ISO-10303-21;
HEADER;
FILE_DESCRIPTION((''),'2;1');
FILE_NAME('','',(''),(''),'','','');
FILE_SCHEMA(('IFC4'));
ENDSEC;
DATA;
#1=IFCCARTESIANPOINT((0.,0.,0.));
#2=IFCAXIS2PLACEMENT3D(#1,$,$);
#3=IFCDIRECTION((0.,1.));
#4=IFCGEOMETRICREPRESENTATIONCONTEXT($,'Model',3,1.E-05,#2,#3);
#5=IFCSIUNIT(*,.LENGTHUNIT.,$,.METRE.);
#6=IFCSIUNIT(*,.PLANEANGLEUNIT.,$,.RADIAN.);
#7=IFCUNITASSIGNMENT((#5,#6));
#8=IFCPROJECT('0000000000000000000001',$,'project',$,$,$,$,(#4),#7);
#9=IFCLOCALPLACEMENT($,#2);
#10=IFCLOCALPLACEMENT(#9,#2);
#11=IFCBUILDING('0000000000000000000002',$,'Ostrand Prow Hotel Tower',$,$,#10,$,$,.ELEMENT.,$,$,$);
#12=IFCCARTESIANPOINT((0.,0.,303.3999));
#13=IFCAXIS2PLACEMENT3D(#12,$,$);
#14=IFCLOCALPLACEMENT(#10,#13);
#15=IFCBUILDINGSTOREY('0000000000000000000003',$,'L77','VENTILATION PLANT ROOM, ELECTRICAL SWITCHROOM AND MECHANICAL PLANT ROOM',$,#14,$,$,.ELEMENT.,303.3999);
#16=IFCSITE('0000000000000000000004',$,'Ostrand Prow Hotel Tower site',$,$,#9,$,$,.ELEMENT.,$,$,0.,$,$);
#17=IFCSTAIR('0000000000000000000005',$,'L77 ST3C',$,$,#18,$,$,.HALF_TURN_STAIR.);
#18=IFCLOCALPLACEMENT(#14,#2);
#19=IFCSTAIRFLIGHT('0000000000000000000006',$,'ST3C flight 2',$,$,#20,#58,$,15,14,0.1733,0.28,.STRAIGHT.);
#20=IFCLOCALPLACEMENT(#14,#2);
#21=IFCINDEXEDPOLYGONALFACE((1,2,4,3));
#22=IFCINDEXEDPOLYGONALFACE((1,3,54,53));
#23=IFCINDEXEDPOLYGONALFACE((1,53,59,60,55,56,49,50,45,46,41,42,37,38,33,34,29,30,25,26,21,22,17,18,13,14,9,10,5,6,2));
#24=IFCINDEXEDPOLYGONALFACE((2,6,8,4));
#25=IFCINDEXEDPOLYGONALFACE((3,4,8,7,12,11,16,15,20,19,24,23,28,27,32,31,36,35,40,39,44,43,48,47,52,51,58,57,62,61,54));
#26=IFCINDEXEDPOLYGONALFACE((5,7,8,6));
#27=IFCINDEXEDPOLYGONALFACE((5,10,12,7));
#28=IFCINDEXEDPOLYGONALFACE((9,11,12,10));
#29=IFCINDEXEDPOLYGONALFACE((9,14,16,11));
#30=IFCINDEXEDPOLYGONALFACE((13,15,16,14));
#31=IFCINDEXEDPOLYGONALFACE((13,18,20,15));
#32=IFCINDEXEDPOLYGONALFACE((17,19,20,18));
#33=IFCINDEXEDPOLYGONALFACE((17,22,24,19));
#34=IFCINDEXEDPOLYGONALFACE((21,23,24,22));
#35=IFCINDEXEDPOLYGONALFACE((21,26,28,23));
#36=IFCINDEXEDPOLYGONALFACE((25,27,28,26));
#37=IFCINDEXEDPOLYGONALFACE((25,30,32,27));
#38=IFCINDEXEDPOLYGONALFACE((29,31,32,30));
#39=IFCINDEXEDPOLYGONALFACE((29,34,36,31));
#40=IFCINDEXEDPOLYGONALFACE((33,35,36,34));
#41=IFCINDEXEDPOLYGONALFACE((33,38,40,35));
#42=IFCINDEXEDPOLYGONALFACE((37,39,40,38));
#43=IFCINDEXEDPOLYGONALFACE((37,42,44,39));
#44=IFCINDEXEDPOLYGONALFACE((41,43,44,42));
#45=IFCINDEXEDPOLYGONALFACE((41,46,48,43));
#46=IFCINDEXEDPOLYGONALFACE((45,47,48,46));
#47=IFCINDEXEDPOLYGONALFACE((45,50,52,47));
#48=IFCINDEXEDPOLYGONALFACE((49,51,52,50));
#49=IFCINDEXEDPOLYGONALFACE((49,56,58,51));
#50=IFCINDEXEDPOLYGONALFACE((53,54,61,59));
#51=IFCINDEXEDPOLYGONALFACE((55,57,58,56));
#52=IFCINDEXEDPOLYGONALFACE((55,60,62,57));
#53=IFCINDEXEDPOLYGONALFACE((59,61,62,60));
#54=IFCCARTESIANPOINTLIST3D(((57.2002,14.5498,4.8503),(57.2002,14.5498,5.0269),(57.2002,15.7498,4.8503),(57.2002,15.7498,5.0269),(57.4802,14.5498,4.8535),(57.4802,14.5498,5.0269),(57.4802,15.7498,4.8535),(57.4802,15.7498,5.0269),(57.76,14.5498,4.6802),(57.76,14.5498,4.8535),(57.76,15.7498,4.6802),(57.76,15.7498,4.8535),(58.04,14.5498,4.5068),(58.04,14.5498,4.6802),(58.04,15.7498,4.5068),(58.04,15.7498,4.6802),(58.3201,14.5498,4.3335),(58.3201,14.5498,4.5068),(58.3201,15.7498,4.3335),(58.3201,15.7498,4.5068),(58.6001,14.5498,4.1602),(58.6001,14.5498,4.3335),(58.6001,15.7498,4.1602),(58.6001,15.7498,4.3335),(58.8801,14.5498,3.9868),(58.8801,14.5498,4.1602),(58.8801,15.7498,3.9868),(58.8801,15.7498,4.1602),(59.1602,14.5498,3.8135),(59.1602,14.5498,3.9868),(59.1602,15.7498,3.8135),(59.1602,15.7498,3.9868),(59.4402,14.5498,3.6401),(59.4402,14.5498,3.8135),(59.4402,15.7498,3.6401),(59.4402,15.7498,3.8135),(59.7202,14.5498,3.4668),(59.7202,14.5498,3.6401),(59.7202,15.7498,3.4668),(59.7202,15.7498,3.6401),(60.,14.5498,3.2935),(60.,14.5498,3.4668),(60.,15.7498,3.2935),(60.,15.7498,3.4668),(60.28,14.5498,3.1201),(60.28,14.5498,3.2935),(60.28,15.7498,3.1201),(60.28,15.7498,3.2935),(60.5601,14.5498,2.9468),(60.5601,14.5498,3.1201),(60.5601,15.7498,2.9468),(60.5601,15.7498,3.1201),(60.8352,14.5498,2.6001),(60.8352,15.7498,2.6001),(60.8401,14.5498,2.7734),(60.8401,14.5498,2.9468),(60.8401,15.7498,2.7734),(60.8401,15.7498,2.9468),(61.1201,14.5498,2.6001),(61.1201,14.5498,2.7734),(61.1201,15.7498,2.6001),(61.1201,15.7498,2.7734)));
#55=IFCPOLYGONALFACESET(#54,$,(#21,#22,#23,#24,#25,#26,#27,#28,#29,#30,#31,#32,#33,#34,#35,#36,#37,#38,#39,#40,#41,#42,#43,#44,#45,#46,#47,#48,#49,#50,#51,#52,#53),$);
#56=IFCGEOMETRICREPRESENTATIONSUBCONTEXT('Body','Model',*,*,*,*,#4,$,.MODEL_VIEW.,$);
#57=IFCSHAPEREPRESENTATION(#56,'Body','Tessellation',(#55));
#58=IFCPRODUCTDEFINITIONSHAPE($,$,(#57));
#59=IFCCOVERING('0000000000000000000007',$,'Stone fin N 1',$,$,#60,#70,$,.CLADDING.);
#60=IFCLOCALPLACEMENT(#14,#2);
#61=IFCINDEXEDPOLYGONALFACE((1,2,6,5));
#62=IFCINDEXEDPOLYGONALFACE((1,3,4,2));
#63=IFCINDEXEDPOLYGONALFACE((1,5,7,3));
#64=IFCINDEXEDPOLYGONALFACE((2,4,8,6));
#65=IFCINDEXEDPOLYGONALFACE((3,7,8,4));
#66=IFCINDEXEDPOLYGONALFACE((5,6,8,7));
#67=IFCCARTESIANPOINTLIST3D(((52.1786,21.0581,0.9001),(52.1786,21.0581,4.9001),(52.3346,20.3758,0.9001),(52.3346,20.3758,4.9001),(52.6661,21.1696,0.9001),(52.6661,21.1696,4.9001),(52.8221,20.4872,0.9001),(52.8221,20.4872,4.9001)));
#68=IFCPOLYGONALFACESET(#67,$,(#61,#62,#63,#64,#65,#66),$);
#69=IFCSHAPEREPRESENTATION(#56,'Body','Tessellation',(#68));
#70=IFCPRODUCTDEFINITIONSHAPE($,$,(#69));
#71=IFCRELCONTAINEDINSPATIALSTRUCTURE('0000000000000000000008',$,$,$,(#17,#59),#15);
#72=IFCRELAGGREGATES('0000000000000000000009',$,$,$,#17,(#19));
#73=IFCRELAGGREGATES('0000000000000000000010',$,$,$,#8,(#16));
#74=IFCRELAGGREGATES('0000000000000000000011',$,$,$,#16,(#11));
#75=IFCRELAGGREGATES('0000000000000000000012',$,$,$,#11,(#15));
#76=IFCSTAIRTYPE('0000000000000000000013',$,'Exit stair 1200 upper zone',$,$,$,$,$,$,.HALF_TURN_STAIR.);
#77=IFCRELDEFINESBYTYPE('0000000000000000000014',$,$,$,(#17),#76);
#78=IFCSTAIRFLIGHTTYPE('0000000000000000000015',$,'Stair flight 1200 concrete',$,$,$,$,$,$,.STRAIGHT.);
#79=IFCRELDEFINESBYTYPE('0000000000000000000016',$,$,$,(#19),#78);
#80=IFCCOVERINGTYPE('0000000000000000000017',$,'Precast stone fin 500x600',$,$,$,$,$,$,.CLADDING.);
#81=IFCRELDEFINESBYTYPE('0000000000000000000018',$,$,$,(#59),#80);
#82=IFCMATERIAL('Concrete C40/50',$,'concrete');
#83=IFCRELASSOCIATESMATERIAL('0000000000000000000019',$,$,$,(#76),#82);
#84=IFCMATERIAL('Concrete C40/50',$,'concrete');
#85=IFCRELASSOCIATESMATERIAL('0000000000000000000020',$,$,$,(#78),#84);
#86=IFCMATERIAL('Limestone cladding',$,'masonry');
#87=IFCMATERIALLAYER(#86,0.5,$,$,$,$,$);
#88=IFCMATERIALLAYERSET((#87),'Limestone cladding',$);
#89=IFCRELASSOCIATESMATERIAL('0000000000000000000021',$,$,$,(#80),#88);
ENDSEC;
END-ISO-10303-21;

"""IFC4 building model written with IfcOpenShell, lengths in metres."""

from ifc_helpers import new_model, si_unit, direction, frame, frame_2d, origin, place, context, subcontext, project, spatial, polyline, rectangle, outline, extrude, material, layer, layer_set, type_object, element, aggregate, save


model = new_model("IFC4")

# Units and contexts
model_context = context("Model", 3, precision=1e-05, world=origin(), true_north=direction((0.0, 1.0)))
body_context = subcontext(model_context, "Body", "Model", "MODEL_VIEW")
ifc_project = project(units=[si_unit("LENGTHUNIT", "METRE"), si_unit("PLANEANGLEUNIT", "RADIAN")], contexts=[model_context])

# Site, building, storey
site_placement = place(None, origin())
site = spatial("IfcSite", under=ifc_project, at=site_placement, Name="Ostrand Prow Hotel Tower site", CompositionType="ELEMENT", RefElevation=0.0)
building_placement = place(site_placement, origin())
building = spatial("IfcBuilding", under=site, at=building_placement, Name="Ostrand Prow Hotel Tower", CompositionType="ELEMENT")
storey_placement = place(building_placement, frame((0.0, 0.0, 303.3999)))
storey = spatial("IfcBuildingStorey", under=building, at=storey_placement, Name="L77", Description="VENTILATION PLANT ROOM, ELECTRICAL SWITCHROOM AND MECHANICAL PLANT ROOM", CompositionType="ELEMENT", Elevation=303.3999)

# Stair, stair flight
ifc_material_1 = material(Name="Concrete C40/50", Category="concrete")
stair_type = type_object("IfcStairType", Name="Exit stair 1200 upper zone", PredefinedType="HALF_TURN_STAIR", material=ifc_material_1)
stair_placement = place(storey_placement, origin())
stair = element("IfcStair", 1, at=stair_placement, inside=storey, type_object=stair_type, Name="L77 ST3C", PredefinedType="HALF_TURN_STAIR")
ifc_material_2 = material(Name="Concrete C40/50", Category="concrete")
stair_flight_type = type_object("IfcStairFlightType", Name="Stair flight 1200 concrete", PredefinedType="STRAIGHT", material=ifc_material_2)
stair_flight_placement = place(storey_placement, frame((61.1201, 15.1499, 2.6001), z_axis=(0.0, 0.0, 1.0), x_axis=(-1.0, 0.0, 0.0)))
stair_flight = element("IfcStairFlight", 2, at=stair_flight_placement, type_object=stair_flight_type, Name="ST3C flight 2", NumberOfRisers=15, NumberOfTreads=14, PredefinedType="STRAIGHT", RiserHeight=0.1733, TreadLength=0.28, context=body_context, shape_type="SweptSolid", body=[
    extrude(outline(polyline([(0.0, 0.0), (0.0, 0.1733), (0.28, 0.1733), (0.28, 0.3467), (0.5601, 0.3467), (0.5601, 0.52), (0.8401, 0.52), (0.8401, 0.6934), (1.1201, 0.6934), (1.1201, 0.8667), (1.3999, 0.8667), (1.3999, 1.04), (1.6799, 1.04), (1.6799, 1.2134), (1.96, 1.2134), (1.96, 1.3867), (2.24, 1.3867), (2.24, 1.5601), (2.52, 1.5601), (2.52, 1.7334), (2.8, 1.7334), (2.8, 1.9067), (3.0801, 1.9067), (3.0801, 2.0801), (3.3601, 2.0801), (3.3601, 2.2534), (3.6399, 2.2534), (3.6399, 2.4268), (3.9199, 2.4268), (3.9199, 2.6001), (3.9199, 2.2502), (0.2849, 0.0), (0.0, 0.0)])), frame((0.0, 0.6001, 0.0), z_axis=(0.0, -1.0, 0.0), x_axis=(1.0, 0.0, 0.0)), (0.0, 0.0, 1.0), 1.2),
])
aggregate(stair, [stair_flight])

# Covering
ifc_material_3 = material(Name="Limestone cladding", Category="masonry")
ifc_layer_1 = layer(ifc_material_3, 0.5)
ifc_layer_set_1 = layer_set([ifc_layer_1], Name="Limestone cladding")
covering_type_1 = type_object("IfcCoveringType", Name="Precast stone fin 500x600", PredefinedType="CLADDING", material=ifc_layer_set_1)
covering_1_placement = place(storey_placement, frame((52.5784, 20.4314, 0.9001), z_axis=(0.0, 0.0, 1.0), x_axis=(-0.222872, 0.974848, 0.0)))
element("IfcCovering", 3, at=covering_1_placement, inside=storey, type_object=covering_type_1, Name="Stone fin N 1", PredefinedType="CLADDING", context=body_context, shape_type="SweptSolid", body=[
    extrude(rectangle(XDim=0.7, YDim=0.5, at=frame_2d((0.3501, 0.0))), origin(), (0.0, 0.0, 1.0), 4.0),
])

save(model, "model.ifc")
